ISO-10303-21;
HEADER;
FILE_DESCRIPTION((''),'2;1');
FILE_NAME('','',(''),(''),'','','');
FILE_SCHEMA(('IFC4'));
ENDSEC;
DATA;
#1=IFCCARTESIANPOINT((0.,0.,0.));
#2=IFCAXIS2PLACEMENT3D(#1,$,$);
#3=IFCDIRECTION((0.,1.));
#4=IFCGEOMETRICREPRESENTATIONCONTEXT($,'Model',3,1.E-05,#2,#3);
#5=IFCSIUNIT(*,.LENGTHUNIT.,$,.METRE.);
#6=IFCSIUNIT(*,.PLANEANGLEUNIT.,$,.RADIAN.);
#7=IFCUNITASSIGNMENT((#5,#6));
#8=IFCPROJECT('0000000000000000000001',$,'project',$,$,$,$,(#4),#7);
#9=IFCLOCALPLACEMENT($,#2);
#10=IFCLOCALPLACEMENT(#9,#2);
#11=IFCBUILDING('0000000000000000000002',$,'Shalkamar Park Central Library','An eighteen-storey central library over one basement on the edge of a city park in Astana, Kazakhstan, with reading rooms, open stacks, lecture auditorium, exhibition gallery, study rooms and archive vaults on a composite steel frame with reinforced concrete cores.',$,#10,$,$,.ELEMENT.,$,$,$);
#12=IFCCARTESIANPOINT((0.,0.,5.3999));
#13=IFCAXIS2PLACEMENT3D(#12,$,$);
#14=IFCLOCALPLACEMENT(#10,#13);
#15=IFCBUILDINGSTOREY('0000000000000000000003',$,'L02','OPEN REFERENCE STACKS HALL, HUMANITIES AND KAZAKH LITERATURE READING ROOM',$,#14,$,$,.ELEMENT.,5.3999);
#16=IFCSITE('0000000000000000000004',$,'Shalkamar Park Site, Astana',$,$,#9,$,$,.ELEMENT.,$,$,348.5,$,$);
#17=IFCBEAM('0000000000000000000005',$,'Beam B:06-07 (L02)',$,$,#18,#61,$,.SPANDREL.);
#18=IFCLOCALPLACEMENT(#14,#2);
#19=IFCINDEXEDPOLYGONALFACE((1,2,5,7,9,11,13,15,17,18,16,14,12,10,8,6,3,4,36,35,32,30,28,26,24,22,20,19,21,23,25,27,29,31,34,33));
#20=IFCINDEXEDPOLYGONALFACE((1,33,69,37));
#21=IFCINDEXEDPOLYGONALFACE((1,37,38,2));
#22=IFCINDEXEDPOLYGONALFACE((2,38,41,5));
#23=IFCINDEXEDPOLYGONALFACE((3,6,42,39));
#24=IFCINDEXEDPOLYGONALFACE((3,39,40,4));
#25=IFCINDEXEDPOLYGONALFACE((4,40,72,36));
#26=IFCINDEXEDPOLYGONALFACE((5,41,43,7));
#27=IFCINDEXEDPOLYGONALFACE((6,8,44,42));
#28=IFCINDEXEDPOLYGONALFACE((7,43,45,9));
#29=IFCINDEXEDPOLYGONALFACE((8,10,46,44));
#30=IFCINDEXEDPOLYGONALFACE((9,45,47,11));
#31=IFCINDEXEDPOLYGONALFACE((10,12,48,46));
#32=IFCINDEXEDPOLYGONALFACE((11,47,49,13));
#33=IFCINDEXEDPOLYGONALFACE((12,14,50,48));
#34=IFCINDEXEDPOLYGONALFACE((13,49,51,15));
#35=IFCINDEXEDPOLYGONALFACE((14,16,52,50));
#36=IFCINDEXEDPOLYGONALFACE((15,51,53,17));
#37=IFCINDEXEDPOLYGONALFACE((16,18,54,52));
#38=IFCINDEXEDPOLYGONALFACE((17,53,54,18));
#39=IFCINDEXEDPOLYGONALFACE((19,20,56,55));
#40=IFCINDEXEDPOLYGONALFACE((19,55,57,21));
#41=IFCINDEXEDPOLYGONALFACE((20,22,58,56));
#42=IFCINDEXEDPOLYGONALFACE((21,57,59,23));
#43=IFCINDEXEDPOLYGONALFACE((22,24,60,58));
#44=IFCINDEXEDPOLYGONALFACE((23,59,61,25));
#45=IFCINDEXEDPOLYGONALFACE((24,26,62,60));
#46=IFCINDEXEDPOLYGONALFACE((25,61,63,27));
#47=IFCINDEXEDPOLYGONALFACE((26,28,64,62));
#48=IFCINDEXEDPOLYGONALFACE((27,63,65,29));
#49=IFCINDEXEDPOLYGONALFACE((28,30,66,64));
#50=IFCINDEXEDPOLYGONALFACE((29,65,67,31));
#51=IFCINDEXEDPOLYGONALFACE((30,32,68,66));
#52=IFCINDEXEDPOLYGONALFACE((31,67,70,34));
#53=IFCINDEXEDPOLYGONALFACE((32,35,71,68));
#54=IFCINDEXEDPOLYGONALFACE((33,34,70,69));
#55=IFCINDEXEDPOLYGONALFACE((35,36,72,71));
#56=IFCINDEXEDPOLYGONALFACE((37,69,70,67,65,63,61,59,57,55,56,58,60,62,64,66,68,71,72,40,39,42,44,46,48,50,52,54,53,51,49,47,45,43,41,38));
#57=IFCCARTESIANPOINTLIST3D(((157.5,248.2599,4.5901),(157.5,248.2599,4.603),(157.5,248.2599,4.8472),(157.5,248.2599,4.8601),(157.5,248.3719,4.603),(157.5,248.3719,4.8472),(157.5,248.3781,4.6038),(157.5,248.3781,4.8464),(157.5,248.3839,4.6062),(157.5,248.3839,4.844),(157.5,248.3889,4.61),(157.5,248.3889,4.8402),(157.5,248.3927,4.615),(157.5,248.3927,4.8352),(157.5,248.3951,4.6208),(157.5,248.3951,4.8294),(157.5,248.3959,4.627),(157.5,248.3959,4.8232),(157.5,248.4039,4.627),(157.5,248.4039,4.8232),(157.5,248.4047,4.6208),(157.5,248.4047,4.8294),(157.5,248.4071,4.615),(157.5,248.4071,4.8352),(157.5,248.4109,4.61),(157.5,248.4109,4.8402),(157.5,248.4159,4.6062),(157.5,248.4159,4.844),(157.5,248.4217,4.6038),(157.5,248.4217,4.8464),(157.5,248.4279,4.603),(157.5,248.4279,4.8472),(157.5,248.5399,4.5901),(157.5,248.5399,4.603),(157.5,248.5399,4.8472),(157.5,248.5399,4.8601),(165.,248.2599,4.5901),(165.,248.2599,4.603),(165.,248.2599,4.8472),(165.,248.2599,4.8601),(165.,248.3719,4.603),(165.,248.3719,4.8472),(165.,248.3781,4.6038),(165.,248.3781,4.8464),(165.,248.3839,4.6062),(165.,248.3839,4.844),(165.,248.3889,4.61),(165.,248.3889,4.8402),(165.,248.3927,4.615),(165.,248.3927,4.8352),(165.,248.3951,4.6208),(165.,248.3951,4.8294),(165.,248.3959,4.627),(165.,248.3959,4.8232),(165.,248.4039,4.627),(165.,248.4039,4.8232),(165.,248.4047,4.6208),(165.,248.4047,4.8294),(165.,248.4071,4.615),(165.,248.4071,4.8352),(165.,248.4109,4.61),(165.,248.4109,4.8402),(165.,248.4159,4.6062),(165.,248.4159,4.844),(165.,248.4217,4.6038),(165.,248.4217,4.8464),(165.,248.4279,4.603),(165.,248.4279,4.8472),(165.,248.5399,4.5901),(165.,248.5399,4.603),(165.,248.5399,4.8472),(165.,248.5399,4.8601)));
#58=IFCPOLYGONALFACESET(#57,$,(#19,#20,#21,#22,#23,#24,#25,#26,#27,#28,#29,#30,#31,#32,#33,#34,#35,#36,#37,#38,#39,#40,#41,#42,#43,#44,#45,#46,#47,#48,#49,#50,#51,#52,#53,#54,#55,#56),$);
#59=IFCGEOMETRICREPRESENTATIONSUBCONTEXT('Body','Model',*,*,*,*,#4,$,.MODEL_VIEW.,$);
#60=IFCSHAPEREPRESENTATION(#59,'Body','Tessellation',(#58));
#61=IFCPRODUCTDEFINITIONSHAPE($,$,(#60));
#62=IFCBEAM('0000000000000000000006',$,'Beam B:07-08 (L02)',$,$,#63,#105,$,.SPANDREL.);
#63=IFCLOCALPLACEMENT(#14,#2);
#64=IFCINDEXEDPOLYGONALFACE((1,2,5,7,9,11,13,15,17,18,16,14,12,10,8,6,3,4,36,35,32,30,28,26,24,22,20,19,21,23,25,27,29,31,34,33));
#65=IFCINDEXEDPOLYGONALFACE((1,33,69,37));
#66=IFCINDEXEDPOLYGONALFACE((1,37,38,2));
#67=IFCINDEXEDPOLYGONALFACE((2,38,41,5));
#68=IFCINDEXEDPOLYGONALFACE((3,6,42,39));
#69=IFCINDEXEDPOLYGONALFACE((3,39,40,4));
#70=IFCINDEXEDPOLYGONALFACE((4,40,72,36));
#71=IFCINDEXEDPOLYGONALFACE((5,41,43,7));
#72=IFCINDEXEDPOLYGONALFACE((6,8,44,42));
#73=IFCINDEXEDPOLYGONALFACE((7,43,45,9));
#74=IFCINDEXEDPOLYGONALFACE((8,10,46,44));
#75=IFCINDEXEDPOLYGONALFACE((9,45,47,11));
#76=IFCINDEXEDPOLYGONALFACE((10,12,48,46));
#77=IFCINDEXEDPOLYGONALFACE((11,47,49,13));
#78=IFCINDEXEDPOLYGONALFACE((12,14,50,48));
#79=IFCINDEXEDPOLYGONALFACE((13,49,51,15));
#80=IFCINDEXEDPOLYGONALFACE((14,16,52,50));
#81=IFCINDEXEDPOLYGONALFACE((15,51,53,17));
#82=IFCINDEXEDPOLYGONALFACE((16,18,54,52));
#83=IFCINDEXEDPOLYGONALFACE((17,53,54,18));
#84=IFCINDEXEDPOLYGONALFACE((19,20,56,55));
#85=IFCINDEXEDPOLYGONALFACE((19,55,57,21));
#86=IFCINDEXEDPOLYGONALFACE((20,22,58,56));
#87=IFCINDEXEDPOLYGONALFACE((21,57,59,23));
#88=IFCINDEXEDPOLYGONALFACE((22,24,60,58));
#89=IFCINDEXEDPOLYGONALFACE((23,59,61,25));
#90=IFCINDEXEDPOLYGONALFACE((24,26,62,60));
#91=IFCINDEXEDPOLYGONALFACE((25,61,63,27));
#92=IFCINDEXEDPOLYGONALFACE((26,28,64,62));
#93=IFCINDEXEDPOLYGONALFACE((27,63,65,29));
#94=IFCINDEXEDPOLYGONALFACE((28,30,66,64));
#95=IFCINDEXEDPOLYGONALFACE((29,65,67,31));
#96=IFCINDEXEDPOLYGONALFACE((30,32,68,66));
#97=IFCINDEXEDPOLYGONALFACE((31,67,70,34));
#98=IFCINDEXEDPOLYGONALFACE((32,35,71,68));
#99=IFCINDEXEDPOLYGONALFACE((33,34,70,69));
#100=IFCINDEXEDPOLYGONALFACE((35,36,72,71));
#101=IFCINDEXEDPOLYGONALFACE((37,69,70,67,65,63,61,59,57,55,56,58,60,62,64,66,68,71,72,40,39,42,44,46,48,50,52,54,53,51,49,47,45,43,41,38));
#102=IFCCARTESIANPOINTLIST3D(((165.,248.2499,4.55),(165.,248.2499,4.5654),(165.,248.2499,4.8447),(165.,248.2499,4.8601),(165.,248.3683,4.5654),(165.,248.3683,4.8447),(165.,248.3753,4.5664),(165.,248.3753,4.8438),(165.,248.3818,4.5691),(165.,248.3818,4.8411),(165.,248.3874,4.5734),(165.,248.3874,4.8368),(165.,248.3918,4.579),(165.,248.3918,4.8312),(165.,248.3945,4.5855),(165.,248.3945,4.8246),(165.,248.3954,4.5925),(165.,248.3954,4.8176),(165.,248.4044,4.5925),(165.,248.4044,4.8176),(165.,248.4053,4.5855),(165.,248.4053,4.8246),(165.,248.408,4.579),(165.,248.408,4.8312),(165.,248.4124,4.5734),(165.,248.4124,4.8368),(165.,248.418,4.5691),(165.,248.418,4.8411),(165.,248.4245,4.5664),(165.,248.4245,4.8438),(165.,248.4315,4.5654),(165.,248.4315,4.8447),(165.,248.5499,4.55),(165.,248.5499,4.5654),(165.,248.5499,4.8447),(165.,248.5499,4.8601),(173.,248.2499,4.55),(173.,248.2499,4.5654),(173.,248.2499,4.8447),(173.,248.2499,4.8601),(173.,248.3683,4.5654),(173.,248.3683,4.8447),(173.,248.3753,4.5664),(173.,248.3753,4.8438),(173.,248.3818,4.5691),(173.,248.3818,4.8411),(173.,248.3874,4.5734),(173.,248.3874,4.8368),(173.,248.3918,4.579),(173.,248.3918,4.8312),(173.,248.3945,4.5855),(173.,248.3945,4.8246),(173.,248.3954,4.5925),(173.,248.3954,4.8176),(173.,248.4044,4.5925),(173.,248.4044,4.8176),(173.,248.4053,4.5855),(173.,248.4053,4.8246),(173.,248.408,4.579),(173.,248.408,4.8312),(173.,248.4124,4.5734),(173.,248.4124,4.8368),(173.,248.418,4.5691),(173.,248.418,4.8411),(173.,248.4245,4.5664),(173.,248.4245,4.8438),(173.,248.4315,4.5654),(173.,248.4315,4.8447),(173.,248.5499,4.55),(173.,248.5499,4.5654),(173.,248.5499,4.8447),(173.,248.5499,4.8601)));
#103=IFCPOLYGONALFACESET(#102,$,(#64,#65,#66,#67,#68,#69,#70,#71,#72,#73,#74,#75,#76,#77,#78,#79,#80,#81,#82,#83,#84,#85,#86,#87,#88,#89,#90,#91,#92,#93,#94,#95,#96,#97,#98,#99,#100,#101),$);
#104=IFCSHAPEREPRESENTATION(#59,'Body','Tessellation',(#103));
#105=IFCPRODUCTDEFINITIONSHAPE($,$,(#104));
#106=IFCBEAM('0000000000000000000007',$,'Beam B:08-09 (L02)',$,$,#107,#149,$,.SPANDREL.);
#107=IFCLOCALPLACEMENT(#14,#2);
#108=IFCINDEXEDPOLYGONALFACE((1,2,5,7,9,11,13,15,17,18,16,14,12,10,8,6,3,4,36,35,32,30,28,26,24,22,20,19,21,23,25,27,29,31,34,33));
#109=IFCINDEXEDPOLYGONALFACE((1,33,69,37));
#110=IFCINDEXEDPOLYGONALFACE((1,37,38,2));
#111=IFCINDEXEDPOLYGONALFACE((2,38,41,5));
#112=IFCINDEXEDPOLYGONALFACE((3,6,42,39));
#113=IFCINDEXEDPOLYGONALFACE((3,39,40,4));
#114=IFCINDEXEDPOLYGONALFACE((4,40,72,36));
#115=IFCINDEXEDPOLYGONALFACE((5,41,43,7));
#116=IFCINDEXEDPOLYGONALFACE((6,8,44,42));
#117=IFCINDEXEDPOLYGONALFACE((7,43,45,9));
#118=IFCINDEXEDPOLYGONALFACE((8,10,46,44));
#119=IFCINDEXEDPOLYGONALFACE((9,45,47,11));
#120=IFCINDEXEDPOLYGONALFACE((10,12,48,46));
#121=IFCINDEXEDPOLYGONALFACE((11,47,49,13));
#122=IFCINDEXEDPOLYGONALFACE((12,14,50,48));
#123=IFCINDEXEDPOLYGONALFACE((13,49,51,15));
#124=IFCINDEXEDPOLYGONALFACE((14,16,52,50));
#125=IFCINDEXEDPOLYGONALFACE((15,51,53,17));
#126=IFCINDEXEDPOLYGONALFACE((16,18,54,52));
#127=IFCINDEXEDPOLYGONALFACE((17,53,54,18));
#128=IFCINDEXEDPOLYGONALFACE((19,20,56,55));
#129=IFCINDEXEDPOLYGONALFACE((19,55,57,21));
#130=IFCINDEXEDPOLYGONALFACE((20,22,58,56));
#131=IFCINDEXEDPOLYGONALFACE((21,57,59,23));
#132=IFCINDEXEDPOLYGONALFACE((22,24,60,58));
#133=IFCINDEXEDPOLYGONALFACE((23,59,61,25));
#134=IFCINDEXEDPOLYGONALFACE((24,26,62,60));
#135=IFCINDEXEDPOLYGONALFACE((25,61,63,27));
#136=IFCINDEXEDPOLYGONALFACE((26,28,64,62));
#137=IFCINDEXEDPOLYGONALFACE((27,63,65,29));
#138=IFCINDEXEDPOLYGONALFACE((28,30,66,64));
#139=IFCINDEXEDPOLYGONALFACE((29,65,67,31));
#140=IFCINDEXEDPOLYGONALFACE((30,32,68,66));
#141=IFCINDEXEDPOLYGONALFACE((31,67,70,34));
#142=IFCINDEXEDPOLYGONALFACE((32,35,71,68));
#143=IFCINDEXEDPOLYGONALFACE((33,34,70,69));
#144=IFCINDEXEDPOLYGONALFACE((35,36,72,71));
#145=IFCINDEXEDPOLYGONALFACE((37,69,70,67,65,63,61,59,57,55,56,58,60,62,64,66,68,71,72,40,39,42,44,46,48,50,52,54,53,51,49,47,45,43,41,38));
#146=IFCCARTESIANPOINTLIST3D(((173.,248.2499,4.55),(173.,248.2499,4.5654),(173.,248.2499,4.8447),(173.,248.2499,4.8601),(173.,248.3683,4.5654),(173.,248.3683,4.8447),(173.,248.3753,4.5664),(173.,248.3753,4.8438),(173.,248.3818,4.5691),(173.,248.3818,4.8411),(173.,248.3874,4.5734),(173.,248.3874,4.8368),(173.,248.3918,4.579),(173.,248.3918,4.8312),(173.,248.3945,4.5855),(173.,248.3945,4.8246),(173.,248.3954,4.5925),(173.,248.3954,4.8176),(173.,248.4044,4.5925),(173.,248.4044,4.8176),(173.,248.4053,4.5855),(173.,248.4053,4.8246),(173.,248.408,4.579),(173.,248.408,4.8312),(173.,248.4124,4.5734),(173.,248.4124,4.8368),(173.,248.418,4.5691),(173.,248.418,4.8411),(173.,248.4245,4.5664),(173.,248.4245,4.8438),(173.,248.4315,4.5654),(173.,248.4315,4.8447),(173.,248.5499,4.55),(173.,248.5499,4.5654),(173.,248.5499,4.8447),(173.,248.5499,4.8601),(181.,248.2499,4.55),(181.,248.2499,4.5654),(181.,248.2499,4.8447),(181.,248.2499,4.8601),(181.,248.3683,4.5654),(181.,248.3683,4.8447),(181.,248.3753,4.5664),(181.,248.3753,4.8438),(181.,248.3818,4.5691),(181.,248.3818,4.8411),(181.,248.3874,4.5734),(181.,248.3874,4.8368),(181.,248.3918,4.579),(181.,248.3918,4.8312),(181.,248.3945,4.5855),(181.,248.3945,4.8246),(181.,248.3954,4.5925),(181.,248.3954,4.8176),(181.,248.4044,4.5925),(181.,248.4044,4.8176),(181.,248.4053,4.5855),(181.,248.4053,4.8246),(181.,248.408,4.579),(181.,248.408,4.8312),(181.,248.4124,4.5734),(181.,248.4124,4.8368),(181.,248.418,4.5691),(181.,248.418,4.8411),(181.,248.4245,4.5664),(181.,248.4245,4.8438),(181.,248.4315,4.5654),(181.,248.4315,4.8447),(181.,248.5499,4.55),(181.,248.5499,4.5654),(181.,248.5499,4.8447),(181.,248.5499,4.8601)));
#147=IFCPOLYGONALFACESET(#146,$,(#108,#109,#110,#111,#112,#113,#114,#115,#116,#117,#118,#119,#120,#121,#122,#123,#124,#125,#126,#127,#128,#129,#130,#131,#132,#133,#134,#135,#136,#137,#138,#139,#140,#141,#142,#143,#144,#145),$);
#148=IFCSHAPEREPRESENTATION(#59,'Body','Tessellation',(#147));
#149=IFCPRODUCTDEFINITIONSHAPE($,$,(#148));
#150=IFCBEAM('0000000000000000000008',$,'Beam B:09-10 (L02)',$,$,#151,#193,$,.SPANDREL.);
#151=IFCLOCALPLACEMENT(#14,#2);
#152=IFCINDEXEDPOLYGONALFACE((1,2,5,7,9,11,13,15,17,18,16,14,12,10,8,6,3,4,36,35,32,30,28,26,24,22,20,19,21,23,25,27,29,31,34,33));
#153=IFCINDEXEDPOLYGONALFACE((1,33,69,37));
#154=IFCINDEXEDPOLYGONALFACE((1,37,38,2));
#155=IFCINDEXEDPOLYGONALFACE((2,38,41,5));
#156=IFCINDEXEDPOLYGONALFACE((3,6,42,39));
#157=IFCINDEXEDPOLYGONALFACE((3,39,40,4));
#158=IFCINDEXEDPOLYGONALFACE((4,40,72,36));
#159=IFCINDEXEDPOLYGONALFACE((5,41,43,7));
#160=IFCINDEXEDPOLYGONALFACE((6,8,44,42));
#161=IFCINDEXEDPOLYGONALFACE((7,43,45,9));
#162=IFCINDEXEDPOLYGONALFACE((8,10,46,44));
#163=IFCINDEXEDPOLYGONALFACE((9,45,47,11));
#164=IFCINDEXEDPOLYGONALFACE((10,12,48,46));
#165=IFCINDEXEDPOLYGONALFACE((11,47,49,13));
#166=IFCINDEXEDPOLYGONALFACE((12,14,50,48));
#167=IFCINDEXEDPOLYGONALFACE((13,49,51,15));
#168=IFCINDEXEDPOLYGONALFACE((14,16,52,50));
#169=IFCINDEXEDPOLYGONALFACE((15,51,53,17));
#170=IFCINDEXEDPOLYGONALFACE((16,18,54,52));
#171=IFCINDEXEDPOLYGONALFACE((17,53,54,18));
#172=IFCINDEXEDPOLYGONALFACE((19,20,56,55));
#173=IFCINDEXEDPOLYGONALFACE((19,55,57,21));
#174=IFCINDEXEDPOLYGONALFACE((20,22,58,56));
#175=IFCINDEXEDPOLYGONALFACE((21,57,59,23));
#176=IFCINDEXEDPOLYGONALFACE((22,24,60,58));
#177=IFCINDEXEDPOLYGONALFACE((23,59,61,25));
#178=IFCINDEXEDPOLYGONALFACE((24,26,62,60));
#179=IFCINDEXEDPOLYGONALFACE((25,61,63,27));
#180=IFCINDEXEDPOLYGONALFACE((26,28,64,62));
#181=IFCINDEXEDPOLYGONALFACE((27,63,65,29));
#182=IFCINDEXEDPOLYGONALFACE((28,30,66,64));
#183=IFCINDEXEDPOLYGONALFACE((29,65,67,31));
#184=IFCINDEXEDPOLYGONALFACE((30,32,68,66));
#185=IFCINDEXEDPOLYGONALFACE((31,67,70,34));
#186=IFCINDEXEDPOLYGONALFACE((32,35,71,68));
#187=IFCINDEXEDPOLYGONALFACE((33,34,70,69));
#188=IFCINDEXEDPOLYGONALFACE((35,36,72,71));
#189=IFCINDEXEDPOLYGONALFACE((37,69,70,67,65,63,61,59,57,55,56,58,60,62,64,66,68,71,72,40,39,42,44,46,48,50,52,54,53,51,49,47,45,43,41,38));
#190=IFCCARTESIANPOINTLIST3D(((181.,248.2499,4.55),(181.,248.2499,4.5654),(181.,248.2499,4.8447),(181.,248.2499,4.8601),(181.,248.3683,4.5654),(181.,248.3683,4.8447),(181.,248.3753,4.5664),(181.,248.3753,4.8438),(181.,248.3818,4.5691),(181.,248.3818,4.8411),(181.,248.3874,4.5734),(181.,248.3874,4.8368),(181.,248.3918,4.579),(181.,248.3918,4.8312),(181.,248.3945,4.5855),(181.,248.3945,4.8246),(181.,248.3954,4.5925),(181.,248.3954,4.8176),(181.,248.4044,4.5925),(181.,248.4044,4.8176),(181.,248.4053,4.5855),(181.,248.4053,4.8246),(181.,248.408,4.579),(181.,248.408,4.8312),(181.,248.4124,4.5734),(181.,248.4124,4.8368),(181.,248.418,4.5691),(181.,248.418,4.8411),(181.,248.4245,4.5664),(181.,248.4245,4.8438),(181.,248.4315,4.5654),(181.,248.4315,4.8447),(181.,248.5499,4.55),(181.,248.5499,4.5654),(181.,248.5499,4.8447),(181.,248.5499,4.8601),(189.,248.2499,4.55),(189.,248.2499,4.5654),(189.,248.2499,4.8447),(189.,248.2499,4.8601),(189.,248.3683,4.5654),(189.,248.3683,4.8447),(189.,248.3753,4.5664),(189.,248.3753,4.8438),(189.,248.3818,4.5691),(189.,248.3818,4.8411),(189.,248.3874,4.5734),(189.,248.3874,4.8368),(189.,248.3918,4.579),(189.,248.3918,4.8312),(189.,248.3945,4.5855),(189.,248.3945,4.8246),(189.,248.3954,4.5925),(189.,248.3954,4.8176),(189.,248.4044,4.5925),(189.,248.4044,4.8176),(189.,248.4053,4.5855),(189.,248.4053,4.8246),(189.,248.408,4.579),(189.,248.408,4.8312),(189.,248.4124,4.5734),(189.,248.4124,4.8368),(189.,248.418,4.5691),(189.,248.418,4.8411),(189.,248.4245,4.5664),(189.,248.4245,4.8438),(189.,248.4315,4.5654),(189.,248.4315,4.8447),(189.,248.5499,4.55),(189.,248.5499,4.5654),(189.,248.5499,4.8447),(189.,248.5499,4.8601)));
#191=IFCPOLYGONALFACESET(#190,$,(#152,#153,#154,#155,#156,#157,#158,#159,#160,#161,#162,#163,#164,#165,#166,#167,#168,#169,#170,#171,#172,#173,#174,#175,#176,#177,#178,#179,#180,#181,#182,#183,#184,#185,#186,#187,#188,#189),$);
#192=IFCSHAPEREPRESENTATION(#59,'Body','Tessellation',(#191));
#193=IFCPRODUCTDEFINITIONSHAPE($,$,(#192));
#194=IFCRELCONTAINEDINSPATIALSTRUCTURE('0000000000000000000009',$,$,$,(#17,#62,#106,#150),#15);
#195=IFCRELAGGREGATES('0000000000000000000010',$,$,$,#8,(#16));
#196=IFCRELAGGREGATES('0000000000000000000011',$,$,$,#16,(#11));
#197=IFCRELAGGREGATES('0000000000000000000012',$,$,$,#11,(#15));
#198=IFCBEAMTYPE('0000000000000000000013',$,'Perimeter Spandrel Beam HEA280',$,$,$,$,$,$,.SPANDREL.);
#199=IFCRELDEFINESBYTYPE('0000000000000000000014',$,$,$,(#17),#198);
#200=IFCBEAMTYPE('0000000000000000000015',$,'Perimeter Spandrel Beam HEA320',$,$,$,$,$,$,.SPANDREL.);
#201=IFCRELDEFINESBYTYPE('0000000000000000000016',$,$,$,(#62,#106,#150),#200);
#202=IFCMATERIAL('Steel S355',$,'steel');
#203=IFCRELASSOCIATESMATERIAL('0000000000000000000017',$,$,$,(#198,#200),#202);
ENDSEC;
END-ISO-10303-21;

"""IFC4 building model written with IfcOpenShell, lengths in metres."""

from ifc_helpers import new_model, si_unit, direction, frame, origin, origin_2d, place, context, subcontext, project, spatial, i_section, extrude, material, material_profile, profile_set, type_object, element, save


model = new_model("IFC4")

# Units and contexts
model_context = context("Model", 3, precision=1e-05, world=origin(), true_north=direction((0.0, 1.0)))
body_context = subcontext(model_context, "Body", "Model", "MODEL_VIEW")
ifc_project = project(units=[si_unit("LENGTHUNIT", "METRE"), si_unit("PLANEANGLEUNIT", "RADIAN")], contexts=[model_context])

# Site, building, storey
site_placement = place(None, origin())
site = spatial("IfcSite", under=ifc_project, at=site_placement, Name="Shalkamar Park Site, Astana", CompositionType="ELEMENT", RefElevation=348.5)
building_placement = place(site_placement, origin())
building = spatial("IfcBuilding", under=site, at=building_placement, Name="Shalkamar Park Central Library", Description="An eighteen-storey central library over one basement on the edge of a city park in Astana, Kazakhstan, with reading rooms, open stacks, lecture auditorium, exhibition gallery, study rooms and archive vaults on a composite steel frame with reinforced concrete cores.", CompositionType="ELEMENT")
storey_placement = place(building_placement, frame((0.0, 0.0, 5.3999)))
storey = spatial("IfcBuildingStorey", under=building, at=storey_placement, Name="L02", Description="OPEN REFERENCE STACKS HALL, HUMANITIES AND KAZAKH LITERATURE READING ROOM", CompositionType="ELEMENT", Elevation=5.3999)

# Shared definitions
ifc_material_1 = material(Name="Steel S355", Category="steel")

# Beams
ifc_material_profile_1 = material_profile(ifc_material_1, i_section(OverallWidth=0.28, OverallDepth=0.27, WebThickness=0.0081, FlangeThickness=0.0129, FilletRadius=0.0239, at=origin_2d()), Name="HEA 280")
ifc_profile_set_1 = profile_set([ifc_material_profile_1], Name="Steel S355")
beam_type_1 = type_object("IfcBeamType", Name="Perimeter Spandrel Beam HEA280", PredefinedType="SPANDREL", material=ifc_profile_set_1)
for number, where, z_axis, x_axis, name in (
    (1, (157.5, 248.3999, 4.7251), (1.0, 0.0, 0.0), (0.0, 1.0, 0.0), "Beam B:06-07 (L02)"),
):
    element("IfcBeam", number, at=place(storey_placement, frame(where, z_axis=z_axis, x_axis=x_axis)), inside=storey, type_object=beam_type_1, Name=name, PredefinedType="SPANDREL", context=body_context, shape_type="SweptSolid", body=[
        extrude(i_section(OverallWidth=0.28, OverallDepth=0.27, WebThickness=0.0081, FlangeThickness=0.0129, FilletRadius=0.0239, at=origin_2d()), origin(), (0.0, 0.0, 1.0), 7.5),
    ])
ifc_material_profile_2 = material_profile(ifc_material_1, i_section(OverallWidth=0.3, OverallDepth=0.3101, WebThickness=0.009, FlangeThickness=0.0154, FilletRadius=0.0271, at=origin_2d()), Name="HEA 320")
ifc_profile_set_2 = profile_set([ifc_material_profile_2], Name="Steel S355")
beam_type_2 = type_object("IfcBeamType", Name="Perimeter Spandrel Beam HEA320", PredefinedType="SPANDREL", material=ifc_profile_set_2)
for number, where, z_axis, x_axis, name in (
    (2, (165.0, 248.3999, 4.7051), (1.0, 0.0, 0.0), (0.0, 1.0, 0.0), "Beam B:07-08 (L02)"),
    (3, (173.0, 248.3999, 4.7051), (1.0, 0.0, 0.0), (0.0, 1.0, 0.0), "Beam B:08-09 (L02)"),
    (4, (181.0, 248.3999, 4.7051), (1.0, 0.0, 0.0), (0.0, 1.0, 0.0), "Beam B:09-10 (L02)"),
):
    element("IfcBeam", number, at=place(storey_placement, frame(where, z_axis=z_axis, x_axis=x_axis)), inside=storey, type_object=beam_type_2, Name=name, PredefinedType="SPANDREL", context=body_context, shape_type="SweptSolid", body=[
        extrude(i_section(OverallWidth=0.3, OverallDepth=0.3101, WebThickness=0.009, FlangeThickness=0.0154, FilletRadius=0.0271, at=origin_2d()), origin(), (0.0, 0.0, 1.0), 8.0),
    ])

save(model, "model.ifc")
